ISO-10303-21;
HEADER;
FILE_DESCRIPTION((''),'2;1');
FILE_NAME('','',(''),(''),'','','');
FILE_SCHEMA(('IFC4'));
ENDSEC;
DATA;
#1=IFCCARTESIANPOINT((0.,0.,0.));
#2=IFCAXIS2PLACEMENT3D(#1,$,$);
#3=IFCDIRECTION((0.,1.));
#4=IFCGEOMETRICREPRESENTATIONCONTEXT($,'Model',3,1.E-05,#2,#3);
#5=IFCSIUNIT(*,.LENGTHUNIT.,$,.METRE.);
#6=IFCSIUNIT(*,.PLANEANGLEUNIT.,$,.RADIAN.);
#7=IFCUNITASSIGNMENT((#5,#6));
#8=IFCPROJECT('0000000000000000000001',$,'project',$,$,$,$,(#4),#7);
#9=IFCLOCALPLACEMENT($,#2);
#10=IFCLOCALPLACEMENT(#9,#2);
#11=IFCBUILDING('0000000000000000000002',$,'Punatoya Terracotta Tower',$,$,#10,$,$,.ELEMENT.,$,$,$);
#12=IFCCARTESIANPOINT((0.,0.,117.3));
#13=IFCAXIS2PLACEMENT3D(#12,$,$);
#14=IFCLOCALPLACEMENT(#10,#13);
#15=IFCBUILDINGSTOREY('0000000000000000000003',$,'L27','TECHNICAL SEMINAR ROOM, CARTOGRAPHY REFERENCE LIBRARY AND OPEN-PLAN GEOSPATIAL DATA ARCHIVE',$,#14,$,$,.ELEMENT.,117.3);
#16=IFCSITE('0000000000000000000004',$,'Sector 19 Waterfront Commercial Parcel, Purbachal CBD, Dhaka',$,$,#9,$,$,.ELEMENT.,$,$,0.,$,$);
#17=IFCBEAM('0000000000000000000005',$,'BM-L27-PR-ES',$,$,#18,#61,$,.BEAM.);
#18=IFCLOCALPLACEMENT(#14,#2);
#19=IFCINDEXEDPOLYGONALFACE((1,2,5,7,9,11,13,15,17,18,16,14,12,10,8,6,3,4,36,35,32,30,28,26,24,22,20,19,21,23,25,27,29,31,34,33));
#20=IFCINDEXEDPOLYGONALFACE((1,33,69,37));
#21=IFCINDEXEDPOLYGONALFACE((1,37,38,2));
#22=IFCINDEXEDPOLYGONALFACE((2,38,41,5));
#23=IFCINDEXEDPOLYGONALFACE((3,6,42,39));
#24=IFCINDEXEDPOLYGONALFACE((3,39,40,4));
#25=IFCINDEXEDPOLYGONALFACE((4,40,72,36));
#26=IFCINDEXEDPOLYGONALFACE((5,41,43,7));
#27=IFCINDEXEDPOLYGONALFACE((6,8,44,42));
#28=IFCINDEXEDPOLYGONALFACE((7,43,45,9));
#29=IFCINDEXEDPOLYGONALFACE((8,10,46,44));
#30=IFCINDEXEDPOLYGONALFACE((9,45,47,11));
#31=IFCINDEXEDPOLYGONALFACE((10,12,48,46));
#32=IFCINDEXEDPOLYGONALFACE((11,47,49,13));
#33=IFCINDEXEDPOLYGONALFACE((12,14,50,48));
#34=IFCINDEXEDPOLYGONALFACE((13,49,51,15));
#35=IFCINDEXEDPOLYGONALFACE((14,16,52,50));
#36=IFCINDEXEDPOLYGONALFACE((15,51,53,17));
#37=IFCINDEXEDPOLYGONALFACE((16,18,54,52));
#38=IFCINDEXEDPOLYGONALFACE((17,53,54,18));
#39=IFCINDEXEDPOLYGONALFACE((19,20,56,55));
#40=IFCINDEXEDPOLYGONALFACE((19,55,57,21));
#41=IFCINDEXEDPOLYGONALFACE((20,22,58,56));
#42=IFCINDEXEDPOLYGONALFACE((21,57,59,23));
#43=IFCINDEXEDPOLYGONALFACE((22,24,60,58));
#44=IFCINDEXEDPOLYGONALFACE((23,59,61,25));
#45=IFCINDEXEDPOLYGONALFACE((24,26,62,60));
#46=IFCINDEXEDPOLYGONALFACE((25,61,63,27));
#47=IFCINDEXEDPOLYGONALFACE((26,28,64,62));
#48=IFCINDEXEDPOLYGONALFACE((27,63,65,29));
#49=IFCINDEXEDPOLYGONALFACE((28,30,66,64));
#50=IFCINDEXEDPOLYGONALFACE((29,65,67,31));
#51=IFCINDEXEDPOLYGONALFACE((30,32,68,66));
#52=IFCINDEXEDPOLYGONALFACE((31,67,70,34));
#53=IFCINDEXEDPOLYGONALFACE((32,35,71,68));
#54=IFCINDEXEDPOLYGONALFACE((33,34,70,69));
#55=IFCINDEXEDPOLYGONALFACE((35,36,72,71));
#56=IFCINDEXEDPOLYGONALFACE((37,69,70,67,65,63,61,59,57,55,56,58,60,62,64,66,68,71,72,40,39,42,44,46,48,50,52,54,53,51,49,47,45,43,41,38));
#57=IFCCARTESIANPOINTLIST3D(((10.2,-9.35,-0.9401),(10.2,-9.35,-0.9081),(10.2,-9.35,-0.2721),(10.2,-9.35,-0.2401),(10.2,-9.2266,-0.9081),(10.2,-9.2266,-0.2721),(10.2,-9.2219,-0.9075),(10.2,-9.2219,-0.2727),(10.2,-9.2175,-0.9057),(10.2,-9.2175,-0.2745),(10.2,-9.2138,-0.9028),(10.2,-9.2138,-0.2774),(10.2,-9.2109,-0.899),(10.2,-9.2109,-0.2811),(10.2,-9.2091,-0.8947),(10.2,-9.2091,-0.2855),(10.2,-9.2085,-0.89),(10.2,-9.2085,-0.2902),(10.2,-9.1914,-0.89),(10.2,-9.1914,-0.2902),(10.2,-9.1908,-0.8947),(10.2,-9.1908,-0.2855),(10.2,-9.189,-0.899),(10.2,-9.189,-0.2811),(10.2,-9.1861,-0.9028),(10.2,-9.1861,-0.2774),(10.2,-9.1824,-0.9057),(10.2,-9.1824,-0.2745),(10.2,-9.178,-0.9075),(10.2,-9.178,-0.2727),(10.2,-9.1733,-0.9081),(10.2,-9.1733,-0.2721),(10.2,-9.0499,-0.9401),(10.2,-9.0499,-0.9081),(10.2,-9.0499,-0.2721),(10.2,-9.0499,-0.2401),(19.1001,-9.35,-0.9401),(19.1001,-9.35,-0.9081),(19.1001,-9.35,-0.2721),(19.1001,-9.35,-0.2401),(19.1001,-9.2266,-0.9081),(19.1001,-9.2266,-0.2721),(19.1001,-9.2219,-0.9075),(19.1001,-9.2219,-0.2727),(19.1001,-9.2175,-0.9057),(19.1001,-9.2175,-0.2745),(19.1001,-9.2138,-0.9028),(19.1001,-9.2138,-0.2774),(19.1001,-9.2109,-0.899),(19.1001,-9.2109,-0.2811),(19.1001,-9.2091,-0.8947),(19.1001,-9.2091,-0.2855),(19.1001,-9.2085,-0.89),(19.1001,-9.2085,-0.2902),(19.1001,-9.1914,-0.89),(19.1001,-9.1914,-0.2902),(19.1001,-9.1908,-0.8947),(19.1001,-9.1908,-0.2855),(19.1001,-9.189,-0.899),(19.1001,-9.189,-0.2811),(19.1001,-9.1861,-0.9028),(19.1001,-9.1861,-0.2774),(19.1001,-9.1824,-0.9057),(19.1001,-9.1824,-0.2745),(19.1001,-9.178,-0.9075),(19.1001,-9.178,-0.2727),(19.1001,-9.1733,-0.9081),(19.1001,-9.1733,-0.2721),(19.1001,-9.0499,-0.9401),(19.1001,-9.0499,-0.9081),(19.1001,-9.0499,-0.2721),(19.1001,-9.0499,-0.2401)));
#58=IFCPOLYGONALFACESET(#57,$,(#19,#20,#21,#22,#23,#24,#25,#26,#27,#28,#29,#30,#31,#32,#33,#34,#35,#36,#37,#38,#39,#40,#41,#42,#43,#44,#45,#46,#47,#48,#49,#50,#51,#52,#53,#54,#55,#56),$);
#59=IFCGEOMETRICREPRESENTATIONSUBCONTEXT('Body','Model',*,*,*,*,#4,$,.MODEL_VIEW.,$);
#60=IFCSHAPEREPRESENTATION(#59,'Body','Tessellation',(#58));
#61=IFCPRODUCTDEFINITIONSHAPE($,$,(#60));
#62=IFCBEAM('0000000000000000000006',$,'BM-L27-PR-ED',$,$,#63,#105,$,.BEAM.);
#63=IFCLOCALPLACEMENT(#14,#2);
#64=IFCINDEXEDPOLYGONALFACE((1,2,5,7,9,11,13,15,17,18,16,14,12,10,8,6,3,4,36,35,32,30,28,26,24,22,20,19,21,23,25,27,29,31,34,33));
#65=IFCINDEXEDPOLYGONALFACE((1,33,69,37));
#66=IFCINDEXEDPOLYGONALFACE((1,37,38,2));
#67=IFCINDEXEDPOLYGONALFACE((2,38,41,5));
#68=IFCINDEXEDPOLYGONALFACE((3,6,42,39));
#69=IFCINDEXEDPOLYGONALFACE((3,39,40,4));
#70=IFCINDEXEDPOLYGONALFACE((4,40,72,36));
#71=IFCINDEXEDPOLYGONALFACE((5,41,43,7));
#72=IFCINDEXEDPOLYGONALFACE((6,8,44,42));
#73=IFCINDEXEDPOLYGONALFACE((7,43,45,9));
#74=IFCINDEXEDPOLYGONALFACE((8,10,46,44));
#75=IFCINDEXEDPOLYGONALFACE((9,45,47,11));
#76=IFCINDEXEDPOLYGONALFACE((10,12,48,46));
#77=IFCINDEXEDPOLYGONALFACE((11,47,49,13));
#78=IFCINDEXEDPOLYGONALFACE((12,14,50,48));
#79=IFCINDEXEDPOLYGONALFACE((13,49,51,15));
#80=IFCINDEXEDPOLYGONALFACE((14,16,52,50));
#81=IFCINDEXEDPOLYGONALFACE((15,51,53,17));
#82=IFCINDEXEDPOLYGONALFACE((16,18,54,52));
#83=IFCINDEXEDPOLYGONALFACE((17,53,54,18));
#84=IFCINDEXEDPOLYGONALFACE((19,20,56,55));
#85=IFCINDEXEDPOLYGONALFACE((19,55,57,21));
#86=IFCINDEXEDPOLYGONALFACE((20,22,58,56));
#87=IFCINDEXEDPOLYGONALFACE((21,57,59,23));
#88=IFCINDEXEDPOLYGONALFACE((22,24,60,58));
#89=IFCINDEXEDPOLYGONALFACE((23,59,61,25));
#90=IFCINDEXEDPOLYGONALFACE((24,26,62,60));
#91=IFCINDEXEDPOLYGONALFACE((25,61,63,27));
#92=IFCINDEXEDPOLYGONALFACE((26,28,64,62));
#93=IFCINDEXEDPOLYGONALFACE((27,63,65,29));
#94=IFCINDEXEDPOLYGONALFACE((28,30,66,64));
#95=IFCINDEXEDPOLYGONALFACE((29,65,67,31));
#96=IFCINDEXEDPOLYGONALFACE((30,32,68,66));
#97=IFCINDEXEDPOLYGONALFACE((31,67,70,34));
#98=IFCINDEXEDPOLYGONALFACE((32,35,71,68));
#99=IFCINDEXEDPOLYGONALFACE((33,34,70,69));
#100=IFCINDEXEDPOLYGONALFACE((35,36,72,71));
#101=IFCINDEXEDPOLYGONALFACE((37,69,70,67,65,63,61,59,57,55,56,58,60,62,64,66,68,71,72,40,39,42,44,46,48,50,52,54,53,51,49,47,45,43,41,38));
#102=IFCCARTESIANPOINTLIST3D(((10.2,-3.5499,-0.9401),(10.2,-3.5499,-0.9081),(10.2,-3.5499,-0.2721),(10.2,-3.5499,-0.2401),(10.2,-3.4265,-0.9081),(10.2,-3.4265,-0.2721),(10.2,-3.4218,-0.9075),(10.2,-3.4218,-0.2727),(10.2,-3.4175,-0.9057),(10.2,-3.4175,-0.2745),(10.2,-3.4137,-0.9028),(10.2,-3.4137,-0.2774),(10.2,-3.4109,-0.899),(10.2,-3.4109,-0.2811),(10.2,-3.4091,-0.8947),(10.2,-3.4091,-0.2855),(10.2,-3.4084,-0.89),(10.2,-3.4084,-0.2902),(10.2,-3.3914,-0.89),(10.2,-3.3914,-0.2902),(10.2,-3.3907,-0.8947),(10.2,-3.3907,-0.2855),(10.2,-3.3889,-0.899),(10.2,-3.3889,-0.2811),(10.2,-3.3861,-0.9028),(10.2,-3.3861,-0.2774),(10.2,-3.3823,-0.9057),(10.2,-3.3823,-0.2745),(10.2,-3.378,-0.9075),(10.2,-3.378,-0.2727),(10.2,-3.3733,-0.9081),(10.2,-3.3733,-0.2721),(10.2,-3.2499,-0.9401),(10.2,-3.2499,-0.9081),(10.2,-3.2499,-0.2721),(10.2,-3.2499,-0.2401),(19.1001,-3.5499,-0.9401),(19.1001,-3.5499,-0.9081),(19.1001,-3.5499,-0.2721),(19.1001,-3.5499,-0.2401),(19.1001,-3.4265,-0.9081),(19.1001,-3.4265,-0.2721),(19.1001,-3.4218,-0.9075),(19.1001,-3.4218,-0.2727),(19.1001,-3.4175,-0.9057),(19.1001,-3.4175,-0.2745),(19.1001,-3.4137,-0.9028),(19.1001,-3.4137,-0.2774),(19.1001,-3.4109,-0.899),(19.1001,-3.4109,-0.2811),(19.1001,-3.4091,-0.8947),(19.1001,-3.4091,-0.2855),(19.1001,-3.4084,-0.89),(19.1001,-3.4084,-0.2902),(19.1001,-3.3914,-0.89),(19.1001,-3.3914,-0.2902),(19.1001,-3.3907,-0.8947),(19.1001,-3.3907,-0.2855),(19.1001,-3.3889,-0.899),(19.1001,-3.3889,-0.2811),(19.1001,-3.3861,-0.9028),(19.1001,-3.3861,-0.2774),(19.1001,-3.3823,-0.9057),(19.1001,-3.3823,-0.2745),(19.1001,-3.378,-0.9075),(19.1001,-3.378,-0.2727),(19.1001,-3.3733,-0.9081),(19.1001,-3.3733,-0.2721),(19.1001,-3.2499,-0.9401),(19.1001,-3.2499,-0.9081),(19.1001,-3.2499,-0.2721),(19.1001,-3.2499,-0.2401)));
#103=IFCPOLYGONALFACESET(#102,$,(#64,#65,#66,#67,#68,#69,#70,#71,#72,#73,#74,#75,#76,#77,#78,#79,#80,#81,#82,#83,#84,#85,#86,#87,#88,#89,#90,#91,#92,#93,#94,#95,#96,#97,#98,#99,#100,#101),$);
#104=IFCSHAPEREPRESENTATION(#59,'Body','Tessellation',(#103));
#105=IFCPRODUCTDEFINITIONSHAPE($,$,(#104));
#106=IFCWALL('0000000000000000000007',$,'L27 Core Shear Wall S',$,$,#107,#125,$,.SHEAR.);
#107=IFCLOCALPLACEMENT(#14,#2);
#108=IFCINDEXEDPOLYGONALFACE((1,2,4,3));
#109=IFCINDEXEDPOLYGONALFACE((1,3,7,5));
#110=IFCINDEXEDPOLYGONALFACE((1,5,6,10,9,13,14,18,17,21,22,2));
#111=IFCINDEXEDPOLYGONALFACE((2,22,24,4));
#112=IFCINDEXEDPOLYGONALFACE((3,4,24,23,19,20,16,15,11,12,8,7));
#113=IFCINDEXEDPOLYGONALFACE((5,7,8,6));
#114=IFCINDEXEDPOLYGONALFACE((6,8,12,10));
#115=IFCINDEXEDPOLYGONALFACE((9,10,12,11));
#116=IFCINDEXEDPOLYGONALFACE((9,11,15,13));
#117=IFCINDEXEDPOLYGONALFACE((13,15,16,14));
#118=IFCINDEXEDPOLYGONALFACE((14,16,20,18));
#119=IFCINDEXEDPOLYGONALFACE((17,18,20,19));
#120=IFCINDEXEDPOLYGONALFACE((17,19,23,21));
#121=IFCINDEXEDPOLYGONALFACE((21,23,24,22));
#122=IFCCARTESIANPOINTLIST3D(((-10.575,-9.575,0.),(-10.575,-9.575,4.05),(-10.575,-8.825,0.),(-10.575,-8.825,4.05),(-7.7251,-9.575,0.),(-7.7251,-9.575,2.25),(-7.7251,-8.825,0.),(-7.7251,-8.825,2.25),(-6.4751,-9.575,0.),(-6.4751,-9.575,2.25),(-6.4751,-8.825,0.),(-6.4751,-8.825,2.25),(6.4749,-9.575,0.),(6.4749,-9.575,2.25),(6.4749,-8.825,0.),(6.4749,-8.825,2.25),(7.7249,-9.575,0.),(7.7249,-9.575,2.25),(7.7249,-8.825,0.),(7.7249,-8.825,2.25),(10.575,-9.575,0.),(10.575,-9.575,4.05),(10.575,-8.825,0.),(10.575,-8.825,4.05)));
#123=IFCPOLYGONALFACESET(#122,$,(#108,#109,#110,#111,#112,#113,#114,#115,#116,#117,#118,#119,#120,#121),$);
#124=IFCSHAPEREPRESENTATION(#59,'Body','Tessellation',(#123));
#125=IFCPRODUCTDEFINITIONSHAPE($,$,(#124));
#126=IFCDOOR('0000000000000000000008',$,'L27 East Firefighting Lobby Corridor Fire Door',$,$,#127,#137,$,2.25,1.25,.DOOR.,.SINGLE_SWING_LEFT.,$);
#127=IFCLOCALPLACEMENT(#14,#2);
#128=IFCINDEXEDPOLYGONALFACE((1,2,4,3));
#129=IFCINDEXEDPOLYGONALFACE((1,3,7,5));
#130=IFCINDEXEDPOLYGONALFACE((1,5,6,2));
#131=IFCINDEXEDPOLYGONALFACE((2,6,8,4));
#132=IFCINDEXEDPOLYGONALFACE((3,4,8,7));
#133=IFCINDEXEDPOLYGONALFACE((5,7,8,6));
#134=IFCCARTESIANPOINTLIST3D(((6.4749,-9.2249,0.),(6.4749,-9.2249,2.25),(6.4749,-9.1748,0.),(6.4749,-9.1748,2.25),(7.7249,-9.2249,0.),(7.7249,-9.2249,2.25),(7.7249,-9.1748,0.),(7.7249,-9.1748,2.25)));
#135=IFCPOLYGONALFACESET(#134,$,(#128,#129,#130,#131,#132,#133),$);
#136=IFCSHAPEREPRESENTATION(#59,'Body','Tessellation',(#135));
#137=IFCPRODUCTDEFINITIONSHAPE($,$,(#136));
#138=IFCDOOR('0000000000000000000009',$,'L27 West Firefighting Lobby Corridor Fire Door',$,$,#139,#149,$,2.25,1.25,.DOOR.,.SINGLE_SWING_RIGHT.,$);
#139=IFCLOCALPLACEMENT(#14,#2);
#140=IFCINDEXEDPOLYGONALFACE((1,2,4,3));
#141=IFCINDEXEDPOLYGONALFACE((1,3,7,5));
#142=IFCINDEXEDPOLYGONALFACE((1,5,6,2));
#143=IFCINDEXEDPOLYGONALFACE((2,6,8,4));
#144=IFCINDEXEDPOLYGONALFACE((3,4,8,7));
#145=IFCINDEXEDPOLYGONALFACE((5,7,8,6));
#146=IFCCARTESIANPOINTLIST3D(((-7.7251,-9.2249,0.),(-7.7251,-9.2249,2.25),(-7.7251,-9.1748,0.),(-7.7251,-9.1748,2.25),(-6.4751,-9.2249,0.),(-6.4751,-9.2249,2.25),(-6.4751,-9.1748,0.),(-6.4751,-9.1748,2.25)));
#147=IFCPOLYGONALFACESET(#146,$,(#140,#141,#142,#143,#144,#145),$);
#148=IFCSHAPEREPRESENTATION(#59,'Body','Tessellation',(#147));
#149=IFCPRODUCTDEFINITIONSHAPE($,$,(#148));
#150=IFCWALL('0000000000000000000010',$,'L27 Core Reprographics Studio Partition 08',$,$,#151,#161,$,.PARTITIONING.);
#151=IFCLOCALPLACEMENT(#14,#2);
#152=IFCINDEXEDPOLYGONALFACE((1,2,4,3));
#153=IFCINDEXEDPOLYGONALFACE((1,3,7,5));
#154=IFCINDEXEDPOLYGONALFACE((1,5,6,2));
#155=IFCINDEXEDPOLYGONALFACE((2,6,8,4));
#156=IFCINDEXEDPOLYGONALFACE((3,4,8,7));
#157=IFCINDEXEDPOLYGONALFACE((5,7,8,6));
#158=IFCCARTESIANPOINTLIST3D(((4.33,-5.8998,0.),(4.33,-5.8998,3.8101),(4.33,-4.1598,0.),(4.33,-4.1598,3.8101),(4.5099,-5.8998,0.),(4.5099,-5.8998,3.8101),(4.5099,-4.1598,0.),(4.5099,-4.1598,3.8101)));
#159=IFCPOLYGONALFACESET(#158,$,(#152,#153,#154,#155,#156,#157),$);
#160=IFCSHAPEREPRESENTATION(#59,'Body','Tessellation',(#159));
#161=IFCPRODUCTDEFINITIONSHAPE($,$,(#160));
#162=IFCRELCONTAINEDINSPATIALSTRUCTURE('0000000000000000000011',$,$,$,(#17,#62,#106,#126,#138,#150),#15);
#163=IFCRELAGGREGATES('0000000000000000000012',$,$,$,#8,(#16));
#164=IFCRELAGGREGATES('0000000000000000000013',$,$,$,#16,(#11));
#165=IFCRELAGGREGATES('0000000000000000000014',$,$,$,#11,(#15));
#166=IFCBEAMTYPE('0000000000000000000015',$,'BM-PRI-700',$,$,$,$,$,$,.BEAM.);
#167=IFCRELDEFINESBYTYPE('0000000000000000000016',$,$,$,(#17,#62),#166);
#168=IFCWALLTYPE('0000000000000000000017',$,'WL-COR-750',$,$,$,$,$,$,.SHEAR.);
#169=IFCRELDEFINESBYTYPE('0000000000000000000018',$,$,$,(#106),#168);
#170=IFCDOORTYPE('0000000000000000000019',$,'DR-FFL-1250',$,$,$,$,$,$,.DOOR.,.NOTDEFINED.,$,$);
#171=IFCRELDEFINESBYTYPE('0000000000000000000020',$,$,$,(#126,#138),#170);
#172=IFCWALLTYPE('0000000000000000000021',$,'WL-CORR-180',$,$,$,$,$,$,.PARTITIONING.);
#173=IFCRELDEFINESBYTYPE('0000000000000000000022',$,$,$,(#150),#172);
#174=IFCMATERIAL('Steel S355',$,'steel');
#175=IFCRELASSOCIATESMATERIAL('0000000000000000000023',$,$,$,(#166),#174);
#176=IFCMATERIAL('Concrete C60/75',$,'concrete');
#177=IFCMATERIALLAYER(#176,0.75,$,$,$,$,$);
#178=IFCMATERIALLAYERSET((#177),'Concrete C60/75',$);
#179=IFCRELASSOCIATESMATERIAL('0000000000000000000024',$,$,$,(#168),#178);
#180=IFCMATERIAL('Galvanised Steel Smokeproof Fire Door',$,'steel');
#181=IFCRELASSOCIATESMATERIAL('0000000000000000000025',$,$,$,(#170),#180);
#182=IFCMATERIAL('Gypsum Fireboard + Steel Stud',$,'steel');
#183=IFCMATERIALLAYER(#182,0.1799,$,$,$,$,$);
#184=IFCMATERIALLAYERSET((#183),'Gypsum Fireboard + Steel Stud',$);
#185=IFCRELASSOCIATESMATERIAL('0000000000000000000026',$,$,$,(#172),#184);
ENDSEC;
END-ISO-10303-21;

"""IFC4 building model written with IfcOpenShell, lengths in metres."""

from ifc_helpers import new_model, si_unit, direction, frame, frame_2d, origin, origin_2d, place, context, subcontext, project, spatial, rectangle, i_section, extrude, material, layer, layer_set, material_profile, profile_set, type_object, element, fill, save


model = new_model("IFC4")

# Units and contexts
model_context = context("Model", 3, precision=1e-05, world=origin(), true_north=direction((0.0, 1.0)))
body_context = subcontext(model_context, "Body", "Model", "MODEL_VIEW")
ifc_project = project(units=[si_unit("LENGTHUNIT", "METRE"), si_unit("PLANEANGLEUNIT", "RADIAN")], contexts=[model_context])

# Site, building, storey
site_placement = place(None, origin())
site = spatial("IfcSite", under=ifc_project, at=site_placement, Name="Sector 19 Waterfront Commercial Parcel, Purbachal CBD, Dhaka", CompositionType="ELEMENT", RefElevation=0.0)
building_placement = place(site_placement, origin())
building = spatial("IfcBuilding", under=site, at=building_placement, Name="Punatoya Terracotta Tower", CompositionType="ELEMENT")
storey_placement = place(building_placement, frame((0.0, 0.0, 117.3)))
storey = spatial("IfcBuildingStorey", under=building, at=storey_placement, Name="L27", Description="TECHNICAL SEMINAR ROOM, CARTOGRAPHY REFERENCE LIBRARY AND OPEN-PLAN GEOSPATIAL DATA ARCHIVE", CompositionType="ELEMENT", Elevation=117.3)

# Beams
ifc_material_1 = material(Name="Steel S355", Category="steel")
ifc_material_profile = material_profile(ifc_material_1, i_section(OverallWidth=0.3, OverallDepth=0.7, WebThickness=0.0171, FlangeThickness=0.032, FilletRadius=0.0181, at=origin_2d()))
ifc_profile_set = profile_set([ifc_material_profile], Name="Steel S355")
beam_type = type_object("IfcBeamType", Name="BM-PRI-700", PredefinedType="BEAM", material=ifc_profile_set)
for number, where, z_axis, x_axis, name in (
    (1, (10.2, -9.2, -0.5901), (1.0, 0.0, 0.0), (0.0, 1.0, 0.0), "BM-L27-PR-ES"),
    (2, (10.2, -3.3999, -0.5901), (1.0, 0.0, 0.0), (0.0, 1.0, 0.0), "BM-L27-PR-ED"),
):
    element("IfcBeam", number, at=place(storey_placement, frame(where, z_axis=z_axis, x_axis=x_axis)), inside=storey, type_object=beam_type, Name=name, PredefinedType="BEAM", context=body_context, shape_type="SweptSolid", body=[
        extrude(i_section(OverallWidth=0.3, OverallDepth=0.7, WebThickness=0.0171, FlangeThickness=0.032, FilletRadius=0.0181, at=origin_2d()), origin(), (0.0, 0.0, 1.0), 8.9001),
    ])

# Wall, openings, doors
ifc_material_2 = material(Name="Concrete C60/75", Category="concrete")
ifc_layer_1 = layer(ifc_material_2, 0.75)
ifc_layer_set_1 = layer_set([ifc_layer_1], Name="Concrete C60/75")
wall_type_1 = type_object("IfcWallType", Name="WL-COR-750", PredefinedType="SHEAR", material=ifc_layer_set_1)
wall_1_placement = place(storey_placement, frame((10.575, -9.2, 0.0), z_axis=(0.0, 0.0, 1.0), x_axis=(-1.0, 0.0, 0.0)))
wall_1 = element("IfcWall", 3, at=wall_1_placement, inside=storey, type_object=wall_type_1, Name="L27 Core Shear Wall S", PredefinedType="SHEAR", context=body_context, shape_type="SweptSolid", body=[
    extrude(rectangle(XDim=21.1499, YDim=0.75, at=frame_2d((10.575, 0.0))), origin(), (0.0, 0.0, 1.0), 4.05),
])
opening_1_placement = place(wall_1_placement, frame((2.8501, 0.0, 0.0)))
opening_1 = element("IfcOpeningElement", 4, at=opening_1_placement, cuts=wall_1, PredefinedType="OPENING", context=body_context, shape_type="SweptSolid", body=[
    extrude(rectangle(XDim=1.25, YDim=2.25, at=frame_2d((0.625, 1.125))), frame((0.0, 0.385, 0.0), z_axis=(0.0, -1.0, 0.0), x_axis=(1.0, 0.0, 0.0)), (0.0, 0.0, 1.0), 0.77),
])
opening_2_placement = place(wall_1_placement, frame((17.05, 0.0, 0.0)))
opening_2 = element("IfcOpeningElement", 5, at=opening_2_placement, cuts=wall_1, PredefinedType="OPENING", context=body_context, shape_type="SweptSolid", body=[
    extrude(rectangle(XDim=1.25, YDim=2.25, at=frame_2d((0.625, 1.125))), frame((0.0, 0.385, 0.0), z_axis=(0.0, -1.0, 0.0), x_axis=(1.0, 0.0, 0.0)), (0.0, 0.0, 1.0), 0.77),
])
ifc_material_3 = material(Name="Galvanised Steel Smokeproof Fire Door", Category="steel")
door_type_1 = type_object("IfcDoorType", Name="DR-FFL-1250", OperationType="NOTDEFINED", PredefinedType="DOOR", material=ifc_material_3)
door_1_placement = place(opening_1_placement, origin())
door_1 = element("IfcDoor", 6, at=door_1_placement, inside=storey, type_object=door_type_1, Name="L27 East Firefighting Lobby Corridor Fire Door", OperationType="SINGLE_SWING_LEFT", OverallHeight=2.25, OverallWidth=1.25, PredefinedType="DOOR", context=body_context, shape_type="SweptSolid", body=[
    extrude(rectangle(XDim=1.25, YDim=2.25, at=frame_2d((0.625, 1.125))), frame((0.0, 0.0249, 0.0), z_axis=(0.0, -1.0, 0.0), x_axis=(1.0, 0.0, 0.0)), (0.0, 0.0, 1.0), 0.05),
])
fill(opening_1, door_1)
door_2_placement = place(opening_2_placement, origin())
door_2 = element("IfcDoor", 7, at=door_2_placement, inside=storey, type_object=door_type_1, Name="L27 West Firefighting Lobby Corridor Fire Door", OperationType="SINGLE_SWING_RIGHT", OverallHeight=2.25, OverallWidth=1.25, PredefinedType="DOOR", context=body_context, shape_type="SweptSolid", body=[
    extrude(rectangle(XDim=1.25, YDim=2.25, at=frame_2d((0.625, 1.125))), frame((0.0, 0.0249, 0.0), z_axis=(0.0, -1.0, 0.0), x_axis=(1.0, 0.0, 0.0)), (0.0, 0.0, 1.0), 0.05),
])
fill(opening_2, door_2)

# Wall
ifc_material_4 = material(Name="Gypsum Fireboard + Steel Stud", Category="steel")
ifc_layer_2 = layer(ifc_material_4, 0.1799)
ifc_layer_set_2 = layer_set([ifc_layer_2], Name="Gypsum Fireboard + Steel Stud")
wall_type_2 = type_object("IfcWallType", Name="WL-CORR-180", PredefinedType="PARTITIONING", material=ifc_layer_set_2)
wall_2_placement = place(storey_placement, frame((4.4199, -5.8999, 0.0), z_axis=(0.0, 0.0, 1.0), x_axis=(0.0, 1.0, 0.0)))
element("IfcWall", 8, at=wall_2_placement, inside=storey, type_object=wall_type_2, Name="L27 Core Reprographics Studio Partition 08", PredefinedType="PARTITIONING", context=body_context, shape_type="SweptSolid", body=[
    extrude(rectangle(XDim=1.74, YDim=0.1799, at=frame_2d((0.8701, 0.0))), origin(), (0.0, 0.0, 1.0), 3.8101),
])

save(model, "model.ifc")
